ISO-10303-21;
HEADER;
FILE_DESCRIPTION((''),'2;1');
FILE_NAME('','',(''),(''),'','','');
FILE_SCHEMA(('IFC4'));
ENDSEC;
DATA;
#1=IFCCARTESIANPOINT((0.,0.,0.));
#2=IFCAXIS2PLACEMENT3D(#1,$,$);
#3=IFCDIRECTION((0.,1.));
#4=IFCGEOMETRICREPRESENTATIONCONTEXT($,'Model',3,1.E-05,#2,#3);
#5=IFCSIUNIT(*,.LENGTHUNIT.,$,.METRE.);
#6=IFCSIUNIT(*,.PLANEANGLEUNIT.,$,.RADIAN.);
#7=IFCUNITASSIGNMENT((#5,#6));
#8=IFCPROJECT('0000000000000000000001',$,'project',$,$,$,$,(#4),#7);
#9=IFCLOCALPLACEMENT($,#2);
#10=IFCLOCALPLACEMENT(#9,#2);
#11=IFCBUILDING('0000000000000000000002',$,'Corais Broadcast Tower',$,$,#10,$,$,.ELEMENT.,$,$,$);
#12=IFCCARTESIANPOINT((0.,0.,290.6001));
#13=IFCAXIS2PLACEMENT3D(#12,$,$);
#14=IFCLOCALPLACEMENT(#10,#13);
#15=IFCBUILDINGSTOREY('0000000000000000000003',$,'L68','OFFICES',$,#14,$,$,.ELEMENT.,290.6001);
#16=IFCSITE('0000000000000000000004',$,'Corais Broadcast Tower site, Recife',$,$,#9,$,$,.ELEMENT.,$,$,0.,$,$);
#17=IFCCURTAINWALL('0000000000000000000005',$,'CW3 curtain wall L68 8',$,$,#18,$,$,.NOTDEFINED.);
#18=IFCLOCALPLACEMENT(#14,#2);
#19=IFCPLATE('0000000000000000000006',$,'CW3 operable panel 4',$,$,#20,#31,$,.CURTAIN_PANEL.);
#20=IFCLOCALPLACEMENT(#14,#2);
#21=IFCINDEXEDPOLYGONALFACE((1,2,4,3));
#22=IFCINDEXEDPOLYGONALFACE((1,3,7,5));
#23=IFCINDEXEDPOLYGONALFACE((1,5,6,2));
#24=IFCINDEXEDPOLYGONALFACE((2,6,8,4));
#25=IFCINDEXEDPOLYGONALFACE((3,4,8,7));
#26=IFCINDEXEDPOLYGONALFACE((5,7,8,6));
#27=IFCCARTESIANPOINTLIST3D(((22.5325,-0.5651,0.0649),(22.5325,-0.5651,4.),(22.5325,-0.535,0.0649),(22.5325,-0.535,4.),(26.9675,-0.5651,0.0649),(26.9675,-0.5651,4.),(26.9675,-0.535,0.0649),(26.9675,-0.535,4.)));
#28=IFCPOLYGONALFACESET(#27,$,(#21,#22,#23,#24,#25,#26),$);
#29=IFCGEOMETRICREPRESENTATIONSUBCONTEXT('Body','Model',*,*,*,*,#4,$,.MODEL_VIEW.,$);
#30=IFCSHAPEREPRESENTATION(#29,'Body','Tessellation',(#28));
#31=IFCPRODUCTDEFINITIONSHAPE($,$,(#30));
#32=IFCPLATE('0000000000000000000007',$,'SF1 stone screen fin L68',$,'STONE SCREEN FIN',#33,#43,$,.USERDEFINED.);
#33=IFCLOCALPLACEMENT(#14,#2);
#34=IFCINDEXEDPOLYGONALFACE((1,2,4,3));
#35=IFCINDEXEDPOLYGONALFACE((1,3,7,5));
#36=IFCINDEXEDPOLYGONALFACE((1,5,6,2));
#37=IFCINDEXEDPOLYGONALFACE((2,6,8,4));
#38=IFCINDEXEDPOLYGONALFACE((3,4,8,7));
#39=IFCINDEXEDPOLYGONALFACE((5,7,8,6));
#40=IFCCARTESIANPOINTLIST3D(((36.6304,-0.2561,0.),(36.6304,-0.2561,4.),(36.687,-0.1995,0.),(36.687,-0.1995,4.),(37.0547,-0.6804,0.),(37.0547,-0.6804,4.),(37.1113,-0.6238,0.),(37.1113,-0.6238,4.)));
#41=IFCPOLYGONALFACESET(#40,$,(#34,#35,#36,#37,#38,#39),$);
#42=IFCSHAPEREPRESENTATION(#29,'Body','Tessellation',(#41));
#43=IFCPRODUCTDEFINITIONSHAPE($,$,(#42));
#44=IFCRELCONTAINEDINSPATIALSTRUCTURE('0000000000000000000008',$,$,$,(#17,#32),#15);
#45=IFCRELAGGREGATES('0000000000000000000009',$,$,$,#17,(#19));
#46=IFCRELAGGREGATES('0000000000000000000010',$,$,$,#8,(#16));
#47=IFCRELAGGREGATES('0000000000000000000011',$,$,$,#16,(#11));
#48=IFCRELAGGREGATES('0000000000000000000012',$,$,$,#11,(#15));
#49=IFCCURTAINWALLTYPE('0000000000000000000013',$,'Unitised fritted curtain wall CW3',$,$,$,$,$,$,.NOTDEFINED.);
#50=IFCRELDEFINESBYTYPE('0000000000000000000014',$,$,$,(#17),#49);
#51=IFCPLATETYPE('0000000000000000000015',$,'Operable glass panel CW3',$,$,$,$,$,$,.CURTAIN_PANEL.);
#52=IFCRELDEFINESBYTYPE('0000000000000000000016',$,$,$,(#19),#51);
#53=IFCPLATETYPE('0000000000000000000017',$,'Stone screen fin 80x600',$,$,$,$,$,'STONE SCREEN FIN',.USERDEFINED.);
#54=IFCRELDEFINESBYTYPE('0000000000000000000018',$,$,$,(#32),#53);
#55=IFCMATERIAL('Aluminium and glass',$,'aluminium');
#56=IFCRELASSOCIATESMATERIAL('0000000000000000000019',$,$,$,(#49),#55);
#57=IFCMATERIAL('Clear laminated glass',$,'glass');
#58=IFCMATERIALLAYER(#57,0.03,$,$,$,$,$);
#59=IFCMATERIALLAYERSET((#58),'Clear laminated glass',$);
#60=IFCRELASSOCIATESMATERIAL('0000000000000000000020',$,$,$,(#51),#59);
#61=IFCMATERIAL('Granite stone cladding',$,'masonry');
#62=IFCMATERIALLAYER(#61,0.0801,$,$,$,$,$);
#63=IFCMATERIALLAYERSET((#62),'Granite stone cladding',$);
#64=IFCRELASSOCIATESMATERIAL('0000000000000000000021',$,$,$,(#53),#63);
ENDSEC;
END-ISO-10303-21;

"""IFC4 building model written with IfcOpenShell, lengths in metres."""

from ifc_helpers import new_model, si_unit, direction, frame, origin, origin_2d, place, context, subcontext, project, spatial, rectangle, extrude, material, layer, layer_set, type_object, element, aggregate, save


model = new_model("IFC4")

# Units and contexts
model_context = context("Model", 3, precision=1e-05, world=origin(), true_north=direction((0.0, 1.0)))
body_context = subcontext(model_context, "Body", "Model", "MODEL_VIEW")
ifc_project = project(units=[si_unit("LENGTHUNIT", "METRE"), si_unit("PLANEANGLEUNIT", "RADIAN")], contexts=[model_context])

# Site, building, storey
site_placement = place(None, origin())
site = spatial("IfcSite", under=ifc_project, at=site_placement, Name="Corais Broadcast Tower site, Recife", CompositionType="ELEMENT", RefElevation=0.0)
building_placement = place(site_placement, origin())
building = spatial("IfcBuilding", under=site, at=building_placement, Name="Corais Broadcast Tower", CompositionType="ELEMENT")
storey_placement = place(building_placement, frame((0.0, 0.0, 290.6001)))
storey = spatial("IfcBuildingStorey", under=building, at=storey_placement, Name="L68", Description="OFFICES", CompositionType="ELEMENT", Elevation=290.6001)

# Shared definitions
ifc_material_1 = material(Name="Aluminium and glass", Category="aluminium")
curtain_wall_type = type_object("IfcCurtainWallType", Name="Unitised fritted curtain wall CW3", PredefinedType="NOTDEFINED", material=ifc_material_1)

# Curtain wall
curtain_wall_1_placement = place(storey_placement, origin())
curtain_wall_1 = element("IfcCurtainWall", 1, at=curtain_wall_1_placement, inside=storey, type_object=curtain_wall_type, Name="CW3 curtain wall L68 8", PredefinedType="NOTDEFINED")

# Plates
ifc_material_2 = material(Name="Clear laminated glass", Category="glass")
ifc_layer_1 = layer(ifc_material_2, 0.03)
ifc_layer_set_1 = layer_set([ifc_layer_1], Name="Clear laminated glass")
plate_type_1 = type_object("IfcPlateType", Name="Operable glass panel CW3", PredefinedType="CURTAIN_PANEL", material=ifc_layer_set_1)
plate_1_placement = place(storey_placement, frame((24.75, -0.55, 0.0649), z_axis=(0.0, 0.0, 1.0), x_axis=(-1.0, 0.0, 0.0)))
plate_1 = element("IfcPlate", 2, at=plate_1_placement, type_object=plate_type_1, Name="CW3 operable panel 4", PredefinedType="CURTAIN_PANEL", context=body_context, shape_type="SweptSolid", body=[
    extrude(rectangle(XDim=4.4351, YDim=0.03, at=origin_2d()), origin(), (0.0, 0.0, 1.0), 3.9351),
])
aggregate(curtain_wall_1, [plate_1])
ifc_material_3 = material(Name="Granite stone cladding", Category="masonry")
ifc_layer_2 = layer(ifc_material_3, 0.0801)
ifc_layer_set_2 = layer_set([ifc_layer_2], Name="Granite stone cladding")
plate_type_2 = type_object("IfcPlateType", Name="Stone screen fin 80x600", ElementType="STONE SCREEN FIN", PredefinedType="USERDEFINED", material=ifc_layer_set_2)
plate_2_placement = place(storey_placement, frame((36.8708, -0.4399, 0.0), z_axis=(0.0, 0.0, 1.0), x_axis=(-0.707107, -0.707107, 0.0)))
element("IfcPlate", 3, at=plate_2_placement, inside=storey, type_object=plate_type_2, Name="SF1 stone screen fin L68", ObjectType="STONE SCREEN FIN", PredefinedType="USERDEFINED", context=body_context, shape_type="SweptSolid", body=[
    extrude(rectangle(XDim=0.0801, YDim=0.6001, at=origin_2d()), origin(), (0.0, 0.0, 1.0), 4.0),
])

save(model, "model.ifc")
